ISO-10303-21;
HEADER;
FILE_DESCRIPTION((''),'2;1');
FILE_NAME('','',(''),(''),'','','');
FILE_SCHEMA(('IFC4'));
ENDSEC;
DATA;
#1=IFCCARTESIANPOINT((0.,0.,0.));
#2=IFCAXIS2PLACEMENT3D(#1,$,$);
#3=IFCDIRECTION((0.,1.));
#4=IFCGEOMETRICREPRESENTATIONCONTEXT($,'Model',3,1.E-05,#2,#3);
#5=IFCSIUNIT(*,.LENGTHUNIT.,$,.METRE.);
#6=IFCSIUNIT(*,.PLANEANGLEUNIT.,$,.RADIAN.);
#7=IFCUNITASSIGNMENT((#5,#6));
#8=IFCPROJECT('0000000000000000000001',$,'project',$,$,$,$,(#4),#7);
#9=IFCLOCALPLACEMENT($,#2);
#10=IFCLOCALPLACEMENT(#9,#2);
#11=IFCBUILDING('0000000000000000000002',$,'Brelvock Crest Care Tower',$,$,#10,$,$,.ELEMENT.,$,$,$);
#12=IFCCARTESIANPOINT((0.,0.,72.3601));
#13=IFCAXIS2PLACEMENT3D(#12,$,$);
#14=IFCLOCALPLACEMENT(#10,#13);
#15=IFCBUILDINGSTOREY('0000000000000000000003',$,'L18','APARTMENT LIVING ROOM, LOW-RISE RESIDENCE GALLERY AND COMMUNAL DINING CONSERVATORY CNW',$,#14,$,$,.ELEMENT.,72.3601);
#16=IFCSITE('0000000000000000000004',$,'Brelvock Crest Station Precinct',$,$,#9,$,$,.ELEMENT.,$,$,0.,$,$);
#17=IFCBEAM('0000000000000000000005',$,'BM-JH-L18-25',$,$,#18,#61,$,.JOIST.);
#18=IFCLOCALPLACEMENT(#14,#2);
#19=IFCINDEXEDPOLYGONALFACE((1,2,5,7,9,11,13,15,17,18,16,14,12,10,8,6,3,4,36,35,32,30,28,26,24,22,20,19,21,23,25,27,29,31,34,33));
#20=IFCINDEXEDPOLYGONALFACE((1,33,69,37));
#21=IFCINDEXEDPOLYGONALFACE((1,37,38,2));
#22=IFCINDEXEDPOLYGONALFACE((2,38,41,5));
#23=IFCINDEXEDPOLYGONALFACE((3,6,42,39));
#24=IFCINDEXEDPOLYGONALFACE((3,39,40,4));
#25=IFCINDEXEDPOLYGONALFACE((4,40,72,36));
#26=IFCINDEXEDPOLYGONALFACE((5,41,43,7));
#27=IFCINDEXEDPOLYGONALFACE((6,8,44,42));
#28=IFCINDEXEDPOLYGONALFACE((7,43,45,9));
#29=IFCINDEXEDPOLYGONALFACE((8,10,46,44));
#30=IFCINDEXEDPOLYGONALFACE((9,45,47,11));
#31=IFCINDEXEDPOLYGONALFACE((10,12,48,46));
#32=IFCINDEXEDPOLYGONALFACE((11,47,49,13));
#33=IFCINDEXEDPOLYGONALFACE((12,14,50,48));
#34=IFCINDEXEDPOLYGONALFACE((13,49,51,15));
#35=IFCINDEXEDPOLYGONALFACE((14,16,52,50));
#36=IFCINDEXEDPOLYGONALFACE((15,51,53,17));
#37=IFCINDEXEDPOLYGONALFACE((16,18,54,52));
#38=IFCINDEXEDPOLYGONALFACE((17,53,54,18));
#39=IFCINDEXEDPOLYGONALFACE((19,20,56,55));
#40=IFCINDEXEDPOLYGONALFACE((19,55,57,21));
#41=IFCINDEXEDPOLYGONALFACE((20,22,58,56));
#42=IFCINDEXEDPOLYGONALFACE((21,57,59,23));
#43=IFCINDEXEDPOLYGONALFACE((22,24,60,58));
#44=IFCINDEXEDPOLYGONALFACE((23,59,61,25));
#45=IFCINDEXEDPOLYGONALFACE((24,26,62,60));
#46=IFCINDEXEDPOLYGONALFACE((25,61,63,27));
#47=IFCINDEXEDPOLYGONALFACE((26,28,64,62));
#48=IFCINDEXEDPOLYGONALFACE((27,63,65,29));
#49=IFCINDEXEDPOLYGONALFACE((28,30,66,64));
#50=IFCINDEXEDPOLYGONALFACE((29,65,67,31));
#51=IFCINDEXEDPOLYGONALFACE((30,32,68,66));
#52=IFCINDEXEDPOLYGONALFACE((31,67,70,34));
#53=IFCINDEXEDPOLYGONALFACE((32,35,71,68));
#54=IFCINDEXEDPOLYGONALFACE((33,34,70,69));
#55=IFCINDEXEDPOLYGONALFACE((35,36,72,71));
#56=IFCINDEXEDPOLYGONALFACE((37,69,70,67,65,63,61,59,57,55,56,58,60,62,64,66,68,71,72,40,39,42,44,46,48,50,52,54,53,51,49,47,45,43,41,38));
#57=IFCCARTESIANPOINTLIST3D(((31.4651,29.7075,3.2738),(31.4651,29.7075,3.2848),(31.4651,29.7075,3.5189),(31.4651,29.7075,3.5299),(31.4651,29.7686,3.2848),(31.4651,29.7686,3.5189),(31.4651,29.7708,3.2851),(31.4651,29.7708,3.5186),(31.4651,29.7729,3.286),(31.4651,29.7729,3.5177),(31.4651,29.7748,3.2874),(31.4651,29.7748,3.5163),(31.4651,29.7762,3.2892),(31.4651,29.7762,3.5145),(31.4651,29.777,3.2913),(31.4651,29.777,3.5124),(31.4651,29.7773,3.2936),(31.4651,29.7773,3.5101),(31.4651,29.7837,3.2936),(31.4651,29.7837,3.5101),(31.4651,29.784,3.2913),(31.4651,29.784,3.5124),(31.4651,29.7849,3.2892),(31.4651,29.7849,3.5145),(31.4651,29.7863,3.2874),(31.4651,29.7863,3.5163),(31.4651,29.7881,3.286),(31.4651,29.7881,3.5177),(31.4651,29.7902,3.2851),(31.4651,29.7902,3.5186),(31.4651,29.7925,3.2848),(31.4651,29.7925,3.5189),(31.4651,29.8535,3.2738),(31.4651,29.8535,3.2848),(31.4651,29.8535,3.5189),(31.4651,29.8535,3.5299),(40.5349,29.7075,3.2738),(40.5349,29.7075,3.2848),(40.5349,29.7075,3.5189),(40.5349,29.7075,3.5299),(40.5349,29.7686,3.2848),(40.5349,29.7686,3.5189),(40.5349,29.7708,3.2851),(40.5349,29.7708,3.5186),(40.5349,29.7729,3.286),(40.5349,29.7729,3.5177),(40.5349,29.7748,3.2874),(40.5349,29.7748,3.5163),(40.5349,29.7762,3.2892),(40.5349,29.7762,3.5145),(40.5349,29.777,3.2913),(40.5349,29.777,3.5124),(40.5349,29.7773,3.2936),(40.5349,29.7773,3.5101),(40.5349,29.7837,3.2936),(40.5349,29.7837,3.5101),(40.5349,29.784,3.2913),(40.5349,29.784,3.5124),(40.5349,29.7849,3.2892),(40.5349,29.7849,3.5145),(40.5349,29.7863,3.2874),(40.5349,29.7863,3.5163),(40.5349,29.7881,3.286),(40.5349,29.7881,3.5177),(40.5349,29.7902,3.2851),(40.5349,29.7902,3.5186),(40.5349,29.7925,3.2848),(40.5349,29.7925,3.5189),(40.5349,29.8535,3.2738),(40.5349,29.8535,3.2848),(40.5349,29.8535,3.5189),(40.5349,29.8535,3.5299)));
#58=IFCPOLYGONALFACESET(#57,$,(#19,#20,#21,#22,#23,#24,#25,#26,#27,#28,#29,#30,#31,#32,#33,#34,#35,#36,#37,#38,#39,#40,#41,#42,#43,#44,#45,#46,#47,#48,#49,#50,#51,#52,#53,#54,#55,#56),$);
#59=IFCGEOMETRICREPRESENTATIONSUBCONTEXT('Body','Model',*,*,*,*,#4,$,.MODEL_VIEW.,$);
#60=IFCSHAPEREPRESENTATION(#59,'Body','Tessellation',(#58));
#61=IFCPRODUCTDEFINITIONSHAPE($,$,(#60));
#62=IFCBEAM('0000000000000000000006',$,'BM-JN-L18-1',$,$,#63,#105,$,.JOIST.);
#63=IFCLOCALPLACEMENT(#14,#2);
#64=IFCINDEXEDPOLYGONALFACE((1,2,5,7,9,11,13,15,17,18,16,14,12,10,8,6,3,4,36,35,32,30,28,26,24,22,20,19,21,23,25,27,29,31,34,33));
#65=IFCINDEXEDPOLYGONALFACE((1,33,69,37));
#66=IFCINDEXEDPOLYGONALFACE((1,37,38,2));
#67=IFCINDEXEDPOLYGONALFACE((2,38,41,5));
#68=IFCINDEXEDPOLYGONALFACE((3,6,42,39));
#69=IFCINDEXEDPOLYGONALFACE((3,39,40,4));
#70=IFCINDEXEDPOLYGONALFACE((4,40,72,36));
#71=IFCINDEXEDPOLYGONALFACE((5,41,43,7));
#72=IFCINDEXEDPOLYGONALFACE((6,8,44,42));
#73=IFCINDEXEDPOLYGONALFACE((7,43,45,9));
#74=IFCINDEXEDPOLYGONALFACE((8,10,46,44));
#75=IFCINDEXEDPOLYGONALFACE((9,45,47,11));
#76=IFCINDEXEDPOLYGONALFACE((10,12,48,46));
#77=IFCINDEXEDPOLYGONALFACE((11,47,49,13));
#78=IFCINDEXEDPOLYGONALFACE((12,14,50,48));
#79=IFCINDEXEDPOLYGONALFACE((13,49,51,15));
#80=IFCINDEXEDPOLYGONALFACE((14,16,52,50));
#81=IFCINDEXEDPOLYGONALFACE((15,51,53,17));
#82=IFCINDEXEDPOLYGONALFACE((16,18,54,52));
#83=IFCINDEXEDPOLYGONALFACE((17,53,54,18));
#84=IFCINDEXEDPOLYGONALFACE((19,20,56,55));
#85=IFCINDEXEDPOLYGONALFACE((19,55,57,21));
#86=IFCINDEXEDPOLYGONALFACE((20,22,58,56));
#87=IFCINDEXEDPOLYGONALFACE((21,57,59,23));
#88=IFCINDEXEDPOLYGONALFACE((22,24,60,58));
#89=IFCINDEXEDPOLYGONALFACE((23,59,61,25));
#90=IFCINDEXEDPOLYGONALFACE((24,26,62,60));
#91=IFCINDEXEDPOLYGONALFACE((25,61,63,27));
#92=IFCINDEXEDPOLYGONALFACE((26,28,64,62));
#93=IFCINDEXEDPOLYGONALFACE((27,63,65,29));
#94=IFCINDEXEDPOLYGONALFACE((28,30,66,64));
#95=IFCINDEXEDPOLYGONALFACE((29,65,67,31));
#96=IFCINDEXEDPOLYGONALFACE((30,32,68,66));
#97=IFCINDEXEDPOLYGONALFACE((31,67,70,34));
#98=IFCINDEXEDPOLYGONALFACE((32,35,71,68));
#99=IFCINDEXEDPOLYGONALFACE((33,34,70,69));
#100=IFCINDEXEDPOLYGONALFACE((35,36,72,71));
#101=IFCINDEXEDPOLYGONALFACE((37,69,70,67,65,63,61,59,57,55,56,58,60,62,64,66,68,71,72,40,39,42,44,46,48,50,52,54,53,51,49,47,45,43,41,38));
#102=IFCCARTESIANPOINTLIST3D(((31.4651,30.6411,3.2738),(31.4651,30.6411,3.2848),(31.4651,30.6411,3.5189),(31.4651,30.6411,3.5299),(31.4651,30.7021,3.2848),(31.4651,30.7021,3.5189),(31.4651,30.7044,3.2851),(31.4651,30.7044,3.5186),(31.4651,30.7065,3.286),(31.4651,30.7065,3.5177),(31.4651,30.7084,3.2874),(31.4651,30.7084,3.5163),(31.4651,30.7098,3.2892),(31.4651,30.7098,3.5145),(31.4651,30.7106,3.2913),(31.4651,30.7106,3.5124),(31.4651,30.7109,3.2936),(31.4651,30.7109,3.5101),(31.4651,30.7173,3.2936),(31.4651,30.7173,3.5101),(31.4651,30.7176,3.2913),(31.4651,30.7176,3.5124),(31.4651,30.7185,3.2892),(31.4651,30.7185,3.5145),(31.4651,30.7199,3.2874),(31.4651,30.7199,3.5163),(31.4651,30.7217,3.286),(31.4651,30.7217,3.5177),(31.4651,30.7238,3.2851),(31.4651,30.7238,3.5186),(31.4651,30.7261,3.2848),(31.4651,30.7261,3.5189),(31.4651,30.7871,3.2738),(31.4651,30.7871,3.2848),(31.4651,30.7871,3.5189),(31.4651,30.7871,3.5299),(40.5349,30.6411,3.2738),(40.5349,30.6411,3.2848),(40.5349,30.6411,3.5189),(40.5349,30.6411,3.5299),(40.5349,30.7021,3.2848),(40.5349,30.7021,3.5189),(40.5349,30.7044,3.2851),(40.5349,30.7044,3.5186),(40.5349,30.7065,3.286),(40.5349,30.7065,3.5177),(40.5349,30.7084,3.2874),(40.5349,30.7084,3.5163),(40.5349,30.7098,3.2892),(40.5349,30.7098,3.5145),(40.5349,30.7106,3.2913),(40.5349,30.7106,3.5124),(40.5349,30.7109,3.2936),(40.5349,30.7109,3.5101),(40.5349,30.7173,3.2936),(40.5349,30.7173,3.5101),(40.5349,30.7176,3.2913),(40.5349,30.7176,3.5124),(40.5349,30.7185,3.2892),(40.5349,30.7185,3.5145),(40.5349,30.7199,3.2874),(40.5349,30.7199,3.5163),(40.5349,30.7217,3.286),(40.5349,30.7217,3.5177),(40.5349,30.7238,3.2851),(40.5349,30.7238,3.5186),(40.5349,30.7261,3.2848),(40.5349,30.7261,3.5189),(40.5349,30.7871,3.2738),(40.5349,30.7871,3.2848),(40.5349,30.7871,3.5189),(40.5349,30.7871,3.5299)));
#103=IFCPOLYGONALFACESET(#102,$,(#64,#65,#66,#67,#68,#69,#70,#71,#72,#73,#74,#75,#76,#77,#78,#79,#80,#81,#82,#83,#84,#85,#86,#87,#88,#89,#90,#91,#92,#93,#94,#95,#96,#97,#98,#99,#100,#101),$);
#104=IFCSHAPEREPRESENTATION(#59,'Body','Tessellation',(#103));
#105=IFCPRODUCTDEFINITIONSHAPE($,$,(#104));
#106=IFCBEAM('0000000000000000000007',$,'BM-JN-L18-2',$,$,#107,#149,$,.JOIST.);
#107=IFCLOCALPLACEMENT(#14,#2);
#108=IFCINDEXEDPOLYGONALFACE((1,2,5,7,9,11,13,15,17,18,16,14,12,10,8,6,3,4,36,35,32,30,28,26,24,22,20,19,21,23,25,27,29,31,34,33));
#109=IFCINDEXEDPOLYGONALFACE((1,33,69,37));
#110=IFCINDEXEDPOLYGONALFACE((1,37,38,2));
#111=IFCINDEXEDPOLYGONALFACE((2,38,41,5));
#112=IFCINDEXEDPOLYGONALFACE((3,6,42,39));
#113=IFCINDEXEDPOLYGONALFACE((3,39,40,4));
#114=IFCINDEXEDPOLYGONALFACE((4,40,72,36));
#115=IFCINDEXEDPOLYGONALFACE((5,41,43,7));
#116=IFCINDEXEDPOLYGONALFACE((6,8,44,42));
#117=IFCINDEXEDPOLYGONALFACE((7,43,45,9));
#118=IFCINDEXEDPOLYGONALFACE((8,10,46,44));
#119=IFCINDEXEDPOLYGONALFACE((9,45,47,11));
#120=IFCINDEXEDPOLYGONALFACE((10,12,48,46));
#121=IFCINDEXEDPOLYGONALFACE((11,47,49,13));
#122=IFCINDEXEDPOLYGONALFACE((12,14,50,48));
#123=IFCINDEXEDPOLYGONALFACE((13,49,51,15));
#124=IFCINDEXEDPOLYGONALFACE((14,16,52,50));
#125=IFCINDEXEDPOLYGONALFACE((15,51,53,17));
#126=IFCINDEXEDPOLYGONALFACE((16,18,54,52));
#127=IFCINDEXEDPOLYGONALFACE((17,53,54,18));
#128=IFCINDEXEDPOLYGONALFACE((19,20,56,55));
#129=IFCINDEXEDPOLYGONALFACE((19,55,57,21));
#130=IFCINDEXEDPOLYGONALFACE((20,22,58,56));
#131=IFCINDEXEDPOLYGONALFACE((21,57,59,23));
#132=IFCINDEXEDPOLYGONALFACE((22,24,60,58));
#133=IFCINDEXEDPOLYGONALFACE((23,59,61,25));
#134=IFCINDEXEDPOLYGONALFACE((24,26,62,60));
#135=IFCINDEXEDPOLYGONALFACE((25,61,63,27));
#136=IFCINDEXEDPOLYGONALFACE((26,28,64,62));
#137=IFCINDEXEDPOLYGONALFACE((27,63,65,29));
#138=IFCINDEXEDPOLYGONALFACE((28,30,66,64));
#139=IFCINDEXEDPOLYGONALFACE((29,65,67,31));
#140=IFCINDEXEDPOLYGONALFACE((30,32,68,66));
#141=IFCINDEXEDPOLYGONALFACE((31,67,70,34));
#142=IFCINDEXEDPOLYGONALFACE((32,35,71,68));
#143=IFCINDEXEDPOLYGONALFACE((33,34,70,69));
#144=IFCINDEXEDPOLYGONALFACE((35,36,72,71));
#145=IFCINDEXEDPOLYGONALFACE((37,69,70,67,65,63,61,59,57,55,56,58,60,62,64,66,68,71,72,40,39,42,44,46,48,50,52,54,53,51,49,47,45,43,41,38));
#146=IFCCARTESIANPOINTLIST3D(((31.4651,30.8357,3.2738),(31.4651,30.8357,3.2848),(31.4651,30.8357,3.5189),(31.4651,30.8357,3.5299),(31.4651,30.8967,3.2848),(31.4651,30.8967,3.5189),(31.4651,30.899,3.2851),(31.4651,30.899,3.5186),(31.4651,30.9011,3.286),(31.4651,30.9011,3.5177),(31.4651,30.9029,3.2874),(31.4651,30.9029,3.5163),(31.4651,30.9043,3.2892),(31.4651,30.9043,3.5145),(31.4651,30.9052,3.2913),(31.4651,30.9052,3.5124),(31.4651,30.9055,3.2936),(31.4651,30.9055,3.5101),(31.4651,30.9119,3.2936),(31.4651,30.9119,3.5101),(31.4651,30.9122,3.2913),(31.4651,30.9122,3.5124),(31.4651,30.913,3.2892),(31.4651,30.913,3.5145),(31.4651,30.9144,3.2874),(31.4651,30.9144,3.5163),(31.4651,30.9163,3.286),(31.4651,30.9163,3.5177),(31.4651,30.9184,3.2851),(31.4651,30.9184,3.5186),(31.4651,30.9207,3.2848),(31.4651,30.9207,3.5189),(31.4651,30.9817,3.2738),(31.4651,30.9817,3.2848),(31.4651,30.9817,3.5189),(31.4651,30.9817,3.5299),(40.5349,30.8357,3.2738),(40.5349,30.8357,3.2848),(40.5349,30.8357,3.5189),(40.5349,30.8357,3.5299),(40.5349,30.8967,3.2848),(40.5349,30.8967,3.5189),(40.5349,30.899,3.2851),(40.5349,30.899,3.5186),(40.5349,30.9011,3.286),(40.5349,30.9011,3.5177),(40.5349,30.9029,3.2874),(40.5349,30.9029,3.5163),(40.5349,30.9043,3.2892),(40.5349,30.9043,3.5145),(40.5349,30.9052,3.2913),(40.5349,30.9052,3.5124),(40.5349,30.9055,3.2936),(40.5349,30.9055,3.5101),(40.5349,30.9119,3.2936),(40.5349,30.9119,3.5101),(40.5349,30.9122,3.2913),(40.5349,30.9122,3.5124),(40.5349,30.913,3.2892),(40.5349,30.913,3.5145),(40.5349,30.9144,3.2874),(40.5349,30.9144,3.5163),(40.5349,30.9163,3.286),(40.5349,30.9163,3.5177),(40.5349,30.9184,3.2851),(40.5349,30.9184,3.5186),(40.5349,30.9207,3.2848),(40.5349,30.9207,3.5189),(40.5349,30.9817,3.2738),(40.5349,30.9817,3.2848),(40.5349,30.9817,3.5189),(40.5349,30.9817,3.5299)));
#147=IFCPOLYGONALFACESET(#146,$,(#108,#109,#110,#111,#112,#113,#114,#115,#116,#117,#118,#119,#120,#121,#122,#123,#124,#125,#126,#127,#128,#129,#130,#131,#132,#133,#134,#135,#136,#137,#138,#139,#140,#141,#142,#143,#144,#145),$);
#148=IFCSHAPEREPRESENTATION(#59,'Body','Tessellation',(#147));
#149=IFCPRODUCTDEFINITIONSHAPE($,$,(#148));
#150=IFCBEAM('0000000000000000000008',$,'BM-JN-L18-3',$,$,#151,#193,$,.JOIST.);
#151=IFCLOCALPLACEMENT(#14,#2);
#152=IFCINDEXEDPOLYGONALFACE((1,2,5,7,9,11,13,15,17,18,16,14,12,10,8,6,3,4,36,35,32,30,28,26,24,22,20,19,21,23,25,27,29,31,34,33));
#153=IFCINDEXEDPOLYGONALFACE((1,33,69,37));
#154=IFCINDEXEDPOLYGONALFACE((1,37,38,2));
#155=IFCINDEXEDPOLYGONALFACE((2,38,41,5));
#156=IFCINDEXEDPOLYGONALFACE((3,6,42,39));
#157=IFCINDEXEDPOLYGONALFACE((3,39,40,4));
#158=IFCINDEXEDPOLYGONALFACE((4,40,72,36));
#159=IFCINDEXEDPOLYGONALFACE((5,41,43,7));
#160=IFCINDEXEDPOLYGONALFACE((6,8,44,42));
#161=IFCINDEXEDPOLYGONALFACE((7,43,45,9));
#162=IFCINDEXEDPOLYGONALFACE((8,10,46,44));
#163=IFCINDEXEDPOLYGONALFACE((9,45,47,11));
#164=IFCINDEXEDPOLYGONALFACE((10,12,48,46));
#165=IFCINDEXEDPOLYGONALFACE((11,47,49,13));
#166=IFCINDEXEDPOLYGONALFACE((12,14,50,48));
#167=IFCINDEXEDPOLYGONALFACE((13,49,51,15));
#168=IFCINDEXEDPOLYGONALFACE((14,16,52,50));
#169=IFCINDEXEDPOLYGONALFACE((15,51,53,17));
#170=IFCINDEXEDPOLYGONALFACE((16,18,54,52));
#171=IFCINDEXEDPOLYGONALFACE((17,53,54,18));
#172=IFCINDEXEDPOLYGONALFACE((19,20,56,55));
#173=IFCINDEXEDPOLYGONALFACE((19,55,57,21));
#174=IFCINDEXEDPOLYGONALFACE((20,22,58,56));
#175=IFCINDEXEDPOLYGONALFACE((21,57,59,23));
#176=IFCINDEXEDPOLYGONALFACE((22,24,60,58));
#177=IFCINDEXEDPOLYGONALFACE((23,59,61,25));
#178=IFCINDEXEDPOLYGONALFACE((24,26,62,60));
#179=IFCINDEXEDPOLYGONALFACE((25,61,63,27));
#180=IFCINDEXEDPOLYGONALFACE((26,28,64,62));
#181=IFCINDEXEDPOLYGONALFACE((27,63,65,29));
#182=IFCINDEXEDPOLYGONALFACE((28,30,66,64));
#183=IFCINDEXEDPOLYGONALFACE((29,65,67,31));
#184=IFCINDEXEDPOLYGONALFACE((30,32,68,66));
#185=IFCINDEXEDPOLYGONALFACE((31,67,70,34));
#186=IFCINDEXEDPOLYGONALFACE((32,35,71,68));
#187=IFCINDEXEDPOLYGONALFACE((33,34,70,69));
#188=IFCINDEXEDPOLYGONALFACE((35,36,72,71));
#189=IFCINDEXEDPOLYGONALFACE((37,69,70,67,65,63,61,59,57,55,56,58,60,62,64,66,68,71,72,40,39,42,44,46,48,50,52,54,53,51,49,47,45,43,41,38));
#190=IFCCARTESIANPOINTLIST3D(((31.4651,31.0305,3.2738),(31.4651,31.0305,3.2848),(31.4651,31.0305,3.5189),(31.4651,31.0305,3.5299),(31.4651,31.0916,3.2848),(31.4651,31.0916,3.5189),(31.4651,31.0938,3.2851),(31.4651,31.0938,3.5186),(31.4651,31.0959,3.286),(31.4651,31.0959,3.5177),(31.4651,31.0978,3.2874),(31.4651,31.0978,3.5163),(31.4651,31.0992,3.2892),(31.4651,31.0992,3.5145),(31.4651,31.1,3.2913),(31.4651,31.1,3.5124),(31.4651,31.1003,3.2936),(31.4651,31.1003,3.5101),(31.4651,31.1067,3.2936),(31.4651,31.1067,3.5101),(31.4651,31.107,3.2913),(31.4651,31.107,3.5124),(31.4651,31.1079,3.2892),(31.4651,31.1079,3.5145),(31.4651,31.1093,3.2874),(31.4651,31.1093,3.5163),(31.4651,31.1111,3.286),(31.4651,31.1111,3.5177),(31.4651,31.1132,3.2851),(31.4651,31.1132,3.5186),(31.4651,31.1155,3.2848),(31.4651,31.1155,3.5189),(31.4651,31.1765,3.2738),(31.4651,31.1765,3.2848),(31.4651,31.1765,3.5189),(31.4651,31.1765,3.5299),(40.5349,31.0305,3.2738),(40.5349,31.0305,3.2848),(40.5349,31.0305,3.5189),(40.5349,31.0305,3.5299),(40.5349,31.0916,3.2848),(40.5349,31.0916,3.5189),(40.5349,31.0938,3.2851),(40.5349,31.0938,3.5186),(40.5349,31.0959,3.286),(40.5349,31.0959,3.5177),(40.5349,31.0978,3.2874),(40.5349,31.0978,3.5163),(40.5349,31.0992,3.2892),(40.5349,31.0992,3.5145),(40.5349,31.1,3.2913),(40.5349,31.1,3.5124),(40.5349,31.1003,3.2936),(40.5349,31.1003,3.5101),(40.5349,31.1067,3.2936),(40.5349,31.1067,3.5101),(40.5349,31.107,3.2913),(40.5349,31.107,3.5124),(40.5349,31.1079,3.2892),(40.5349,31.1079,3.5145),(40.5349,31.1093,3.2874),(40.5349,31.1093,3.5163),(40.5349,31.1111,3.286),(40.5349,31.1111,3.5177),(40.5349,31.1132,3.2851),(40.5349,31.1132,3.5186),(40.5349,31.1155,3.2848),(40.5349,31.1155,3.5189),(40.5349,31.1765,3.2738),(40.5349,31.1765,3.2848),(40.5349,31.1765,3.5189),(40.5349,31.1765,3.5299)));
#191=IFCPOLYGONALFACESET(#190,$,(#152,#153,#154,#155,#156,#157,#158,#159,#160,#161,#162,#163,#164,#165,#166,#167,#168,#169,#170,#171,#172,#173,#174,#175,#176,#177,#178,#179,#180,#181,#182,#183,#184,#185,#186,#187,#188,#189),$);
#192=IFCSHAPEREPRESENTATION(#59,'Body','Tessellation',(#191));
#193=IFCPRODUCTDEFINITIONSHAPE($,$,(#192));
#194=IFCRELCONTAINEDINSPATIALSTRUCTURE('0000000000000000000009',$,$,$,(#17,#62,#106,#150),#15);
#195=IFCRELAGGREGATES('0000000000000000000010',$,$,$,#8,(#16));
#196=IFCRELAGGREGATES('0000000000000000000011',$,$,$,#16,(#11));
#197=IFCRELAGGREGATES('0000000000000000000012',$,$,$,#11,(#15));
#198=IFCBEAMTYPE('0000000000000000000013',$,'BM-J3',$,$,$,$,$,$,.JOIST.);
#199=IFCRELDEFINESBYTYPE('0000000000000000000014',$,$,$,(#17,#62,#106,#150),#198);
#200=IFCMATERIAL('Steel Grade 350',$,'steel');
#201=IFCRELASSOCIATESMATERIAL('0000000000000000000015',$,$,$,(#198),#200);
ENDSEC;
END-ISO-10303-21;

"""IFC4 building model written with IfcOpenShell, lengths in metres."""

from ifc_helpers import new_model, si_unit, direction, frame, origin, origin_2d, place, context, subcontext, project, spatial, i_section, extrude, source, transform, mapped, material, material_profile, profile_set, type_object, element, save


model = new_model("IFC4")

# Units and contexts
model_context = context("Model", 3, precision=1e-05, world=origin(), true_north=direction((0.0, 1.0)))
body_context = subcontext(model_context, "Body", "Model", "MODEL_VIEW")
ifc_project = project(units=[si_unit("LENGTHUNIT", "METRE"), si_unit("PLANEANGLEUNIT", "RADIAN")], contexts=[model_context])

# Site, building, storey
site_placement = place(None, origin())
site = spatial("IfcSite", under=ifc_project, at=site_placement, Name="Brelvock Crest Station Precinct", CompositionType="ELEMENT", RefElevation=0.0)
building_placement = place(site_placement, origin())
building = spatial("IfcBuilding", under=site, at=building_placement, Name="Brelvock Crest Care Tower", CompositionType="ELEMENT")
storey_placement = place(building_placement, frame((0.0, 0.0, 72.3601)))
storey = spatial("IfcBuildingStorey", under=building, at=storey_placement, Name="L18", Description="APARTMENT LIVING ROOM, LOW-RISE RESIDENCE GALLERY AND COMMUNAL DINING CONSERVATORY CNW", CompositionType="ELEMENT", Elevation=72.3601)

# Beams
ifc_material_1 = material(Name="Steel Grade 350", Category="steel")
ifc_material_profile_1 = material_profile(ifc_material_1, i_section(OverallWidth=0.146, OverallDepth=0.2561, WebThickness=0.0063, FlangeThickness=0.011, FilletRadius=0.0088, at=origin_2d()), Name="250UB37.3")
ifc_profile_set_1 = profile_set([ifc_material_profile_1], Name="Steel Grade 350")
beam_type_1 = type_object("IfcBeamType", Name="BM-J3", PredefinedType="JOIST", material=ifc_profile_set_1)
shared_shape_1 = source(origin(), body_context, "Body", "SweptSolid", [
    extrude(i_section(OverallWidth=0.146, OverallDepth=0.2561, WebThickness=0.0063, FlangeThickness=0.011, FilletRadius=0.0088, at=origin_2d()), origin(), (0.0, 0.0, 1.0), 9.0698),
])
for number, where, z_axis, x_axis, name in (
    (1, (31.4651, 29.7805, 3.4019), (1.0, 0.0, 0.0), (0.0, 1.0, 0.0), "BM-JH-L18-25"),
    (2, (31.4651, 30.7141, 3.4019), (1.0, 0.0, 0.0), (0.0, 1.0, 0.0), "BM-JN-L18-1"),
    (3, (31.4651, 30.9087, 3.4019), (1.0, 0.0, 0.0), (0.0, 1.0, 0.0), "BM-JN-L18-2"),
    (4, (31.4651, 31.1035, 3.4019), (1.0, 0.0, 0.0), (0.0, 1.0, 0.0), "BM-JN-L18-3"),
):
    element("IfcBeam", number, at=place(storey_placement, frame(where, z_axis=z_axis, x_axis=x_axis)), inside=storey, type_object=beam_type_1, Name=name, PredefinedType="JOIST", context=body_context, shape_type="MappedRepresentation", body=[
        mapped(shared_shape_1, transform((0.0, 0.0, 0.0), x_axis=(1.0, 0.0, 0.0), y_axis=(0.0, 1.0, 0.0), z_axis=(0.0, 0.0, 1.0), scale=1.0)),
    ])

save(model, "model.ifc")
